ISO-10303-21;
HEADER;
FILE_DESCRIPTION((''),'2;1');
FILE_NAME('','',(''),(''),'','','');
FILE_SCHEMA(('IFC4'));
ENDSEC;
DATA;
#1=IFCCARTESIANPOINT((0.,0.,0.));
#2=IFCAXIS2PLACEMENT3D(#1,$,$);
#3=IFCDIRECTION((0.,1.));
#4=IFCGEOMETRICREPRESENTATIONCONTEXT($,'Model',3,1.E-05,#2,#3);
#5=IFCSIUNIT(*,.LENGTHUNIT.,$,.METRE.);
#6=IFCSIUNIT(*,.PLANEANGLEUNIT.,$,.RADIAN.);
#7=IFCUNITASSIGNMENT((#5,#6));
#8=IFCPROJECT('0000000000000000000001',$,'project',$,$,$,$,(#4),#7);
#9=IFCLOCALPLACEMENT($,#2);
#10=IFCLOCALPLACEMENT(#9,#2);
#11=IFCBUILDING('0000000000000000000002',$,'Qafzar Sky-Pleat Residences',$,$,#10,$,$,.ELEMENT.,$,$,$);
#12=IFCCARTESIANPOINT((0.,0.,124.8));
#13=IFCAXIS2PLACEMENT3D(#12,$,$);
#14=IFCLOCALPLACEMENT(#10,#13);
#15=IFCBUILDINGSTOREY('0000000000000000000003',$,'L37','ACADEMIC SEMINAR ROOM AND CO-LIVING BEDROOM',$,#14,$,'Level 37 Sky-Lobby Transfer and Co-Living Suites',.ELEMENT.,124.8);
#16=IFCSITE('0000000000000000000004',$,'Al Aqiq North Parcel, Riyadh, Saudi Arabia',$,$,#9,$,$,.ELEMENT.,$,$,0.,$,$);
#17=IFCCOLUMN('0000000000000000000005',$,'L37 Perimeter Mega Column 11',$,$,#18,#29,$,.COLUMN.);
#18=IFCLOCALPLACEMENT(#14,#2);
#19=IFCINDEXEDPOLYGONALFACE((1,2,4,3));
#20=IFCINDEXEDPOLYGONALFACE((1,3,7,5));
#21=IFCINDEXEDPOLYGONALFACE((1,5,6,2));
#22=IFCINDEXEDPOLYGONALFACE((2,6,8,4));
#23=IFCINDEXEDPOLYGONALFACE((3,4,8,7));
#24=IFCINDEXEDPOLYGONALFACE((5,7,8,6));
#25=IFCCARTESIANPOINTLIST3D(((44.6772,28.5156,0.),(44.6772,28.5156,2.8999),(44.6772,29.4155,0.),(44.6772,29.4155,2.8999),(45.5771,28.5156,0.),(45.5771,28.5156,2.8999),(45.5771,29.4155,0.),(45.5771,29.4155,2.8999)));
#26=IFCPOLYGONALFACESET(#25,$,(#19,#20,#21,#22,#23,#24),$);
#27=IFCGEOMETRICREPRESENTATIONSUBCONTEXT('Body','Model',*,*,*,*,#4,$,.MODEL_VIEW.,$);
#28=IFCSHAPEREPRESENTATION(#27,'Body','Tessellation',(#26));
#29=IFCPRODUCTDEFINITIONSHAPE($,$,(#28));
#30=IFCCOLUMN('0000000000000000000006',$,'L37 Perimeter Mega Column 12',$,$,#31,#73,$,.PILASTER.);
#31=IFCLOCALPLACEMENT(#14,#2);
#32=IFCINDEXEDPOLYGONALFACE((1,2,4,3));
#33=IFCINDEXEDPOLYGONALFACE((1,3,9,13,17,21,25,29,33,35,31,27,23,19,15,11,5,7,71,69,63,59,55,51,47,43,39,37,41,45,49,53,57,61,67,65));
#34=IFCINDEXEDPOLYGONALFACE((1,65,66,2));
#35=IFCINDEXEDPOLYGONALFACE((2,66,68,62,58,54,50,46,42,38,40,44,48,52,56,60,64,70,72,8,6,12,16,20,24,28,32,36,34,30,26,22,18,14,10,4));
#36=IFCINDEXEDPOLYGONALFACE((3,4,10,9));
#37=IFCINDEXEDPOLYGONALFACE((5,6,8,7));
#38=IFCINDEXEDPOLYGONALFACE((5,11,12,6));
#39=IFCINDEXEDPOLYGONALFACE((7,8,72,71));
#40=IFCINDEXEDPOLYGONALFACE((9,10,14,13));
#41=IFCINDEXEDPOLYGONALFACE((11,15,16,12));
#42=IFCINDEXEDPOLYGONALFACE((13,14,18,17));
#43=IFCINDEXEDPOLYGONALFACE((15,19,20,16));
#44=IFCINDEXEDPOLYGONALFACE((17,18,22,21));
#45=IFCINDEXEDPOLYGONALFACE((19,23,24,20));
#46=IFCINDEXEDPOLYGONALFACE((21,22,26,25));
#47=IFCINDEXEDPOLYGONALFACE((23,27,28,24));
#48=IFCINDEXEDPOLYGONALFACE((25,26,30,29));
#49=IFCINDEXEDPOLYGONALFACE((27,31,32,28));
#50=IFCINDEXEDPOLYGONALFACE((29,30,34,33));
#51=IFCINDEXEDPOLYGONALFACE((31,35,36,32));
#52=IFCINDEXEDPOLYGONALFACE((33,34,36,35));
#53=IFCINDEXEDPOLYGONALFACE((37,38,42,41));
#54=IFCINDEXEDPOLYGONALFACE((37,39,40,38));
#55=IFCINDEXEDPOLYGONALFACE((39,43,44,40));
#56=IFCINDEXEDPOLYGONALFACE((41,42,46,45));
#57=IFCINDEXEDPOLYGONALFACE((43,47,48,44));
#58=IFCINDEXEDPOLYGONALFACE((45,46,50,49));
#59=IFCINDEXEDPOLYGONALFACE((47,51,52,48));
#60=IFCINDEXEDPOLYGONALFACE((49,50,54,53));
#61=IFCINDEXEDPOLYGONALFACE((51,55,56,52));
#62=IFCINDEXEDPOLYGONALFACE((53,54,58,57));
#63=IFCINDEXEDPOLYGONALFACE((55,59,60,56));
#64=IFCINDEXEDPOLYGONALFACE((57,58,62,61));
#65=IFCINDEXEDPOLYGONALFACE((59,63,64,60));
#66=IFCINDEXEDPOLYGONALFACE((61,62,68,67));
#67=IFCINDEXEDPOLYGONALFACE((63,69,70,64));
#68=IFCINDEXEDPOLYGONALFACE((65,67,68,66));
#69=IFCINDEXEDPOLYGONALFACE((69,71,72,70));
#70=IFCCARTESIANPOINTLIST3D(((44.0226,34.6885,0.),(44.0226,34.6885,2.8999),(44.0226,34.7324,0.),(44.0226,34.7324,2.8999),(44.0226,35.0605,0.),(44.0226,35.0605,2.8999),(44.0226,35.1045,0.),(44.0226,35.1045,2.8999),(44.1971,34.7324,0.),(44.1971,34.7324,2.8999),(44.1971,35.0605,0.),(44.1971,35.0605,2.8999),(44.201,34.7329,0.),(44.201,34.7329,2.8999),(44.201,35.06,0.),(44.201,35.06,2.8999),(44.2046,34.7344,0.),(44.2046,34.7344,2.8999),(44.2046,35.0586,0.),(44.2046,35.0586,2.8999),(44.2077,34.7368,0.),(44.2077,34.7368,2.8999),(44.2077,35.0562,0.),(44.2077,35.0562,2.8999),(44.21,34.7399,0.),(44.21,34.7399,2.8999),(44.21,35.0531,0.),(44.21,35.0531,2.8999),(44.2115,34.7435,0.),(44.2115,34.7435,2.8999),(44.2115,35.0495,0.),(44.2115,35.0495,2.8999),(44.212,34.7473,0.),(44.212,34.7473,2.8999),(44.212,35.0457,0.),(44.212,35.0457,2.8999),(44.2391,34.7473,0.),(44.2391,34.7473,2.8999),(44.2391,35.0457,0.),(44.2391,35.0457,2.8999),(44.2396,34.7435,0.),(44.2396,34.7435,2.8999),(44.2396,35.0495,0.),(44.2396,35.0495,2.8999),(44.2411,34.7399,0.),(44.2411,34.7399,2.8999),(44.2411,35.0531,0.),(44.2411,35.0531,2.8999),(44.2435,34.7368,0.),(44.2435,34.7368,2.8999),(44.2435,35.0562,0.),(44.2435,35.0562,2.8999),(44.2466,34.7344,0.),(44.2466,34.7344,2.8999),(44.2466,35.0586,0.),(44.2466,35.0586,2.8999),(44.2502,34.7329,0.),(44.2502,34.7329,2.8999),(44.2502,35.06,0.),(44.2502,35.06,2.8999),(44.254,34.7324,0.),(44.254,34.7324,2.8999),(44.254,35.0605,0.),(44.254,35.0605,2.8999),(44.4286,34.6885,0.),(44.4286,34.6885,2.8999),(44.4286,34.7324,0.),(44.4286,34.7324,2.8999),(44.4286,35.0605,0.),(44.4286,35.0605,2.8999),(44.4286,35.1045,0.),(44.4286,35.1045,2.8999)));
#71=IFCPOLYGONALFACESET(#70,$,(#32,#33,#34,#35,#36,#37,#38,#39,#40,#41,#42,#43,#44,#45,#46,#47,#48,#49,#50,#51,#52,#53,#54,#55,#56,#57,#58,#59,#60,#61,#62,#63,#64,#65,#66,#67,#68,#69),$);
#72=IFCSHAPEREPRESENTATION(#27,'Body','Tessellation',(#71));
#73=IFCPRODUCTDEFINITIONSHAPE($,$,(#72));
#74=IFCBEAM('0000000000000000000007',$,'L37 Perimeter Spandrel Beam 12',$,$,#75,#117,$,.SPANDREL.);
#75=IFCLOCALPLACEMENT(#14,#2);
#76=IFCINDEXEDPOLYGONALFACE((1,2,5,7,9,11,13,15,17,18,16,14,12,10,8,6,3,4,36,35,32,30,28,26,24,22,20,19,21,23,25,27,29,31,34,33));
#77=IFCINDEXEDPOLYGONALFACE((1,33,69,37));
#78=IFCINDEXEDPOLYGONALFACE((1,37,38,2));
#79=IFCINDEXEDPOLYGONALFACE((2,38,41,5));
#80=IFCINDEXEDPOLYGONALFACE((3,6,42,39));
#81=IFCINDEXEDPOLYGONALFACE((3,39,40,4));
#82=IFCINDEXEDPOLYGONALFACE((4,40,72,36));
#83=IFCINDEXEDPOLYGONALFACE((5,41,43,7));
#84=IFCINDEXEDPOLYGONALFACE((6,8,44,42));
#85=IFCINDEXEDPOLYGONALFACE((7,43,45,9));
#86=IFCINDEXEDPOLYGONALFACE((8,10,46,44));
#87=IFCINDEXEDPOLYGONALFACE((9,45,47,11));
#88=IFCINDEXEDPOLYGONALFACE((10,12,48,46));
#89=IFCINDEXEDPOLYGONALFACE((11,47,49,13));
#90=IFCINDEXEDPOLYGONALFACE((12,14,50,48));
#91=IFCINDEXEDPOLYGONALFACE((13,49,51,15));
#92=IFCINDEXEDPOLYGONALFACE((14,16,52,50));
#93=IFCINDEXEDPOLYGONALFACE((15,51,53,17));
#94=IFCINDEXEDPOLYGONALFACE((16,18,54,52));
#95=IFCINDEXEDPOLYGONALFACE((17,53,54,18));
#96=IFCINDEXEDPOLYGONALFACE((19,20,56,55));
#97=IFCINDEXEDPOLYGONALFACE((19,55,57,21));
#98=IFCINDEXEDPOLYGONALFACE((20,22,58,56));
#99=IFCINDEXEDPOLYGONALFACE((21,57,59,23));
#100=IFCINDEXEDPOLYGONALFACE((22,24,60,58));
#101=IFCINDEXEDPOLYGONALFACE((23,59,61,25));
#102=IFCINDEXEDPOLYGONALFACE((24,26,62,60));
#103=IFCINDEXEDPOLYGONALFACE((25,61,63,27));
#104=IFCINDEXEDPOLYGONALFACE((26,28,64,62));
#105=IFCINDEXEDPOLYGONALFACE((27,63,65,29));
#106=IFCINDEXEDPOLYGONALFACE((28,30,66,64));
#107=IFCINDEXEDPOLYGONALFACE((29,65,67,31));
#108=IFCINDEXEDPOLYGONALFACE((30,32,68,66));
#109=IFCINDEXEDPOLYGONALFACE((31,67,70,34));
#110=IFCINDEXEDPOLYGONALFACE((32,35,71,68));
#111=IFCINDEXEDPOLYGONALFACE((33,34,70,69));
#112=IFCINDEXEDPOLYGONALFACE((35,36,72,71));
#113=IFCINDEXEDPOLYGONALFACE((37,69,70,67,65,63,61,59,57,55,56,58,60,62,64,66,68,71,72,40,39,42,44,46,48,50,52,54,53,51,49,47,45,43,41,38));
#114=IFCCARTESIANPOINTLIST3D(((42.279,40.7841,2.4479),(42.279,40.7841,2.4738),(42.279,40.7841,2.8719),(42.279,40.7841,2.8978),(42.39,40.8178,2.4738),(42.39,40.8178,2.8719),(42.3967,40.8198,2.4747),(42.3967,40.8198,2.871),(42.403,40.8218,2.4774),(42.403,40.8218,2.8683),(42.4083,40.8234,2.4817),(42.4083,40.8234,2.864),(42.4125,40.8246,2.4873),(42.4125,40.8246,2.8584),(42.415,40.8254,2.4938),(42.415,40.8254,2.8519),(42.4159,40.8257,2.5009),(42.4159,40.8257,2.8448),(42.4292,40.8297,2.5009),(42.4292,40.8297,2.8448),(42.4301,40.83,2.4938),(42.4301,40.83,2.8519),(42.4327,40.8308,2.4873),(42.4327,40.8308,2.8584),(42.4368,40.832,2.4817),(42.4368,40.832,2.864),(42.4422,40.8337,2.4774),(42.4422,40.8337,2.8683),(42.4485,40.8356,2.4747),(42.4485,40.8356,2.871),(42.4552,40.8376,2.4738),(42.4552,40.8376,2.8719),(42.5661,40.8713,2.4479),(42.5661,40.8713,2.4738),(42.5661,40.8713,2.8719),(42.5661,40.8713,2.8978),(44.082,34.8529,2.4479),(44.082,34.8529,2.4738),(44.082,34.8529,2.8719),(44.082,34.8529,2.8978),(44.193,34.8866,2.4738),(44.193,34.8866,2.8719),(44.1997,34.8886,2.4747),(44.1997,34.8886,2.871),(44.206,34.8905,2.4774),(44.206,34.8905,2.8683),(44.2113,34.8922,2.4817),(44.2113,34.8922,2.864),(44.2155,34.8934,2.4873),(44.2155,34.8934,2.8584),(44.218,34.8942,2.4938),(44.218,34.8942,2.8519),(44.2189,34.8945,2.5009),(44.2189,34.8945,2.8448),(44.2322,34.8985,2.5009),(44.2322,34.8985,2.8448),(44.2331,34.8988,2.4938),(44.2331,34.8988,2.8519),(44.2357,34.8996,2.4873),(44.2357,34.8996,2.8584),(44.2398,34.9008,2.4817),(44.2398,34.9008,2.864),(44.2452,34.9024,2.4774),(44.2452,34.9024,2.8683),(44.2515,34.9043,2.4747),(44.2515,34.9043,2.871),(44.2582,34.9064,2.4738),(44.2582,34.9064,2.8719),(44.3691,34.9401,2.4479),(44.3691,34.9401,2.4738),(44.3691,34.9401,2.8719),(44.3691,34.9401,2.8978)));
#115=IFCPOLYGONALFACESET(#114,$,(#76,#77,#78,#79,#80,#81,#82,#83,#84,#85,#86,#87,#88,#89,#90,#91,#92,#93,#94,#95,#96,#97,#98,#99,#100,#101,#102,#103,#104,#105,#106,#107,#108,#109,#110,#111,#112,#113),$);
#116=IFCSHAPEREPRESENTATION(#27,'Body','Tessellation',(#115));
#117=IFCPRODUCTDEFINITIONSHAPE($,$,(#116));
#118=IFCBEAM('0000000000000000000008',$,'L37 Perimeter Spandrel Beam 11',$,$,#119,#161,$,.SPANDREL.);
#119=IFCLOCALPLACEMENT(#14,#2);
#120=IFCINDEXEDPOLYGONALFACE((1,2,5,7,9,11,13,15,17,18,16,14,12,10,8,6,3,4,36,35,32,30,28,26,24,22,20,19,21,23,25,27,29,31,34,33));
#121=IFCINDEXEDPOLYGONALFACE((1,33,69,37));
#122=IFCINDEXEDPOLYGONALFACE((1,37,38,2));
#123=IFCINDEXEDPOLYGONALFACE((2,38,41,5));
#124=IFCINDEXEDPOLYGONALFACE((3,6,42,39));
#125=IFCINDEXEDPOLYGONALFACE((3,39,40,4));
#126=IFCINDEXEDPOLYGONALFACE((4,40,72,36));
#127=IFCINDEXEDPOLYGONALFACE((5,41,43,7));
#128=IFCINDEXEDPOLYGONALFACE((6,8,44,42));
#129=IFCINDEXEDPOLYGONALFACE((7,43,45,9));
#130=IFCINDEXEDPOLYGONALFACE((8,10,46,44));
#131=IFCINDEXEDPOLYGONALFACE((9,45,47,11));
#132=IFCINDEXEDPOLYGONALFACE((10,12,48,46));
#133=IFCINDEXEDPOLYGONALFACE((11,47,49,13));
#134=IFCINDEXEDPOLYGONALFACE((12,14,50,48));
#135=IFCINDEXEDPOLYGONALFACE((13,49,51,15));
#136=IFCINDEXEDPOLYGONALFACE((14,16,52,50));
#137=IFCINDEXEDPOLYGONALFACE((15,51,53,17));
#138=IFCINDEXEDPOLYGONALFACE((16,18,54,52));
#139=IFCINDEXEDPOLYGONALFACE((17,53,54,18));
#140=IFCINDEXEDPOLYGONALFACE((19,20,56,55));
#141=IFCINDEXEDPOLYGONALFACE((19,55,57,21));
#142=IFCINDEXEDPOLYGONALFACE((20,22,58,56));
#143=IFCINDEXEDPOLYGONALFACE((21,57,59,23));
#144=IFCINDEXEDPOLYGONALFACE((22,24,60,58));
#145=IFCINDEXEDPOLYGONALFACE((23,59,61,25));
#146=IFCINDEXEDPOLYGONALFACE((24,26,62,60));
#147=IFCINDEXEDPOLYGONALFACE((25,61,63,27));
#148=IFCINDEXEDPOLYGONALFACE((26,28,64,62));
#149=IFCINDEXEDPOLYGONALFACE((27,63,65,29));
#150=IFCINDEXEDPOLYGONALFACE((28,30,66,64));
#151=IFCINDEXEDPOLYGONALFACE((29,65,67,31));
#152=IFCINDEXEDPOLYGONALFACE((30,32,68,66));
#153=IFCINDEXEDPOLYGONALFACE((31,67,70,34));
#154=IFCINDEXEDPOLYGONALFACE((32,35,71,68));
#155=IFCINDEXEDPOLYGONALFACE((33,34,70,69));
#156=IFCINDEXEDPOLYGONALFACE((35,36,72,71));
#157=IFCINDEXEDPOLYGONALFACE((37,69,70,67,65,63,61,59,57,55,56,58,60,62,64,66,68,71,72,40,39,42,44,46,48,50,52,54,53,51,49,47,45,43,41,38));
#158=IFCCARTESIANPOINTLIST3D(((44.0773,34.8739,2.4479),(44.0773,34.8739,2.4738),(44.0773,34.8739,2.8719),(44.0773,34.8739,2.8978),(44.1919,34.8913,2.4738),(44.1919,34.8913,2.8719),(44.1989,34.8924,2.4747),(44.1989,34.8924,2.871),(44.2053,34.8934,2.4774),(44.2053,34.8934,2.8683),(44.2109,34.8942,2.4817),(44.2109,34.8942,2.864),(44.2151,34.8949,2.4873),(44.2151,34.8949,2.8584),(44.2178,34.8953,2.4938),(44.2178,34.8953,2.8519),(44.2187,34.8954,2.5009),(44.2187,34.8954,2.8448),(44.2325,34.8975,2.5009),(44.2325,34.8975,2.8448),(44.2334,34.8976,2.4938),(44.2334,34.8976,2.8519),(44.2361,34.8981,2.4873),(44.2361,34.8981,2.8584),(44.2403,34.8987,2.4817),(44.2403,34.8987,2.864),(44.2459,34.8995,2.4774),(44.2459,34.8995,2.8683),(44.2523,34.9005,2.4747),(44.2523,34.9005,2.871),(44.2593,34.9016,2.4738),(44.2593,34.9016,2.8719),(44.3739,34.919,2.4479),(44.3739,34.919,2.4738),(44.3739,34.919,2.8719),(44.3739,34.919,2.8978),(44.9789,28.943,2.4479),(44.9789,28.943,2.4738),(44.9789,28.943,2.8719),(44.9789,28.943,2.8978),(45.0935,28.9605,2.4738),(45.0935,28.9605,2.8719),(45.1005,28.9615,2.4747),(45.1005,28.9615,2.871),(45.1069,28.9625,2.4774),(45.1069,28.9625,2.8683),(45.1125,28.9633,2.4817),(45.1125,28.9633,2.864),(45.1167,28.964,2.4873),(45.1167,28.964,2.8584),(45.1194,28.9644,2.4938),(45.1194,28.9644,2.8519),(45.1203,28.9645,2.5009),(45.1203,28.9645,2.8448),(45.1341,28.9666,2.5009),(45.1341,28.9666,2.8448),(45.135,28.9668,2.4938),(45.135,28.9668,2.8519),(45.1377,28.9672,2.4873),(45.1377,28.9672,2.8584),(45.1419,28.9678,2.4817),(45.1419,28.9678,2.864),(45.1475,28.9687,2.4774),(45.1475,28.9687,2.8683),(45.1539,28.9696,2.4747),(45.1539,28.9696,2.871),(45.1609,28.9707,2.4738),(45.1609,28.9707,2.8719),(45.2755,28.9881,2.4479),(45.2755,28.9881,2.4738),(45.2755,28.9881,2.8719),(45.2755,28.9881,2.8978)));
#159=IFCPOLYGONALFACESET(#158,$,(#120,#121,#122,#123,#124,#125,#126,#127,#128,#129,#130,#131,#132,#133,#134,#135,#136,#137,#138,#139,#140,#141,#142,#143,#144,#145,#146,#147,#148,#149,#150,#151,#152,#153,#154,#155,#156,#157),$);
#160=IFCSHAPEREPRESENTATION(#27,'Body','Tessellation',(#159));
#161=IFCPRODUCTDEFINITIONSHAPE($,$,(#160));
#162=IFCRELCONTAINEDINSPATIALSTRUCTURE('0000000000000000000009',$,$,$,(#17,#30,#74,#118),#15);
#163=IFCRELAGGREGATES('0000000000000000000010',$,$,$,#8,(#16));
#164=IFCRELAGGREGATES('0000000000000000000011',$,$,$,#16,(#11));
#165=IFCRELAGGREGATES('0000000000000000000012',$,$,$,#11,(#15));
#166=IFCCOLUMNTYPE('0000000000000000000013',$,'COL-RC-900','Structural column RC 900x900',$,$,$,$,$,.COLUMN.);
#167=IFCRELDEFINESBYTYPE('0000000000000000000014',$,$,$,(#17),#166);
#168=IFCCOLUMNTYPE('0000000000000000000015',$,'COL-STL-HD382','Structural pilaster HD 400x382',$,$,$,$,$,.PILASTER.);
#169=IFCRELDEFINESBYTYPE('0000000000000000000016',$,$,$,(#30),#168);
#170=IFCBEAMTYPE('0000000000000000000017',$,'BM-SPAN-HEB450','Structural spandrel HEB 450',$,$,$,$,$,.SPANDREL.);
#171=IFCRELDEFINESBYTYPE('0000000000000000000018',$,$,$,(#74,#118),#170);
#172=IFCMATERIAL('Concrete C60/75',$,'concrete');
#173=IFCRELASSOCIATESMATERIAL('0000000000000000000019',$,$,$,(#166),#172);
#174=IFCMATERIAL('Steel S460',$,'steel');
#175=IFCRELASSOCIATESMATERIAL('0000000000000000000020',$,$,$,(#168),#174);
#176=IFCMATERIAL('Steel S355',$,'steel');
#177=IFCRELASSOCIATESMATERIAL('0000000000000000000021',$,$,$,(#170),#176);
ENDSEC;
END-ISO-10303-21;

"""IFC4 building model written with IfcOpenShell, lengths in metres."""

from ifc_helpers import new_model, si_unit, direction, frame, origin, origin_2d, place, context, subcontext, project, spatial, rectangle, i_section, extrude, source, transform, mapped, material, material_profile, profile_set, type_object, element, save


model = new_model("IFC4")

# Units and contexts
model_context = context("Model", 3, precision=1e-05, world=origin(), true_north=direction((0.0, 1.0)))
body_context = subcontext(model_context, "Body", "Model", "MODEL_VIEW")
ifc_project = project(units=[si_unit("LENGTHUNIT", "METRE"), si_unit("PLANEANGLEUNIT", "RADIAN")], contexts=[model_context])

# Site, building, storey
site_placement = place(None, origin())
site = spatial("IfcSite", under=ifc_project, at=site_placement, Name="Al Aqiq North Parcel, Riyadh, Saudi Arabia", CompositionType="ELEMENT", RefElevation=0.0)
building_placement = place(site_placement, origin())
building = spatial("IfcBuilding", under=site, at=building_placement, Name="Qafzar Sky-Pleat Residences", CompositionType="ELEMENT")
storey_placement = place(building_placement, frame((0.0, 0.0, 124.8)))
storey = spatial("IfcBuildingStorey", under=building, at=storey_placement, Name="L37", Description="ACADEMIC SEMINAR ROOM AND CO-LIVING BEDROOM", LongName="Level 37 Sky-Lobby Transfer and Co-Living Suites", CompositionType="ELEMENT", Elevation=124.8)

# Columns
ifc_material_1 = material(Name="Concrete C60/75", Category="concrete")
ifc_material_profile_1 = material_profile(ifc_material_1, rectangle(XDim=0.8999, YDim=0.8999, at=origin_2d()), Name="RC 900x900")
ifc_profile_set_1 = profile_set([ifc_material_profile_1], Name="Concrete C60/75")
column_type_1 = type_object("IfcColumnType", Name="COL-RC-900", Description="Structural column RC 900x900", PredefinedType="COLUMN", material=ifc_profile_set_1)
shared_shape_1 = source(origin(), body_context, "Body", "SweptSolid", [
    extrude(rectangle(XDim=0.8999, YDim=0.8999, at=origin_2d()), origin(), (0.0, 0.0, 1.0), 2.8999),
])
column_1_placement = place(storey_placement, frame((45.1272, 28.9656, 0.0), z_axis=(0.0, 0.0, 1.0), x_axis=(1.0, 0.0, 0.0)))
element("IfcColumn", 1, at=column_1_placement, inside=storey, type_object=column_type_1, Name="L37 Perimeter Mega Column 11", PredefinedType="COLUMN", context=body_context, shape_type="MappedRepresentation", body=[
    mapped(shared_shape_1, transform((0.0, 0.0, 0.0), x_axis=(1.0, 0.0, 0.0), y_axis=(0.0, 1.0, 0.0), z_axis=(0.0, 0.0, 1.0), scale=1.0)),
])
ifc_material_2 = material(Name="Steel S460", Category="steel")
ifc_material_profile_2 = material_profile(ifc_material_2, i_section(OverallWidth=0.406, OverallDepth=0.416, WebThickness=0.0271, FlangeThickness=0.0439, FilletRadius=0.0149, at=origin_2d()), Name="HD 400x382")
ifc_profile_set_2 = profile_set([ifc_material_profile_2], Name="Steel S460")
column_type_2 = type_object("IfcColumnType", Name="COL-STL-HD382", Description="Structural pilaster HD 400x382", PredefinedType="PILASTER", material=ifc_profile_set_2)
shared_shape_2 = source(origin(), body_context, "Body", "SweptSolid", [
    extrude(i_section(OverallWidth=0.406, OverallDepth=0.416, WebThickness=0.0271, FlangeThickness=0.0439, FilletRadius=0.0149, at=origin_2d()), origin(), (0.0, 0.0, 1.0), 2.8999),
])
column_2_placement = place(storey_placement, frame((44.2256, 34.8965, 0.0), z_axis=(0.0, 0.0, 1.0), x_axis=(1.0, 0.0, 0.0)))
element("IfcColumn", 2, at=column_2_placement, inside=storey, type_object=column_type_2, Name="L37 Perimeter Mega Column 12", PredefinedType="PILASTER", context=body_context, shape_type="MappedRepresentation", body=[
    mapped(shared_shape_2, transform((0.0, 0.0, 0.0), x_axis=(1.0, 0.0, 0.0), y_axis=(0.0, 1.0, 0.0), z_axis=(0.0, 0.0, 1.0), scale=1.0)),
])

# Beams
ifc_material_3 = material(Name="Steel S355", Category="steel")
ifc_material_profile_3 = material_profile(ifc_material_3, i_section(OverallWidth=0.3, OverallDepth=0.45, WebThickness=0.0139, FlangeThickness=0.0259, FilletRadius=0.0271, at=origin_2d()), Name="HEB 450")
ifc_profile_set_3 = profile_set([ifc_material_profile_3], Name="Steel S355")
beam_type_1 = type_object("IfcBeamType", Name="BM-SPAN-HEB450", Description="Structural spandrel HEB 450", PredefinedType="SPANDREL", material=ifc_profile_set_3)
shared_shape_3 = source(origin(), body_context, "Body", "SweptSolid", [
    extrude(i_section(OverallWidth=0.3, OverallDepth=0.45, WebThickness=0.0139, FlangeThickness=0.0259, FilletRadius=0.0271, at=origin_2d()), origin(), (0.0, 0.0, 1.0), 6.1992),
])
beam_1_placement = place(storey_placement, frame((44.2256, 34.8965, 2.6729), z_axis=(-0.290843, 0.956771, 0.0), x_axis=(-0.956771, -0.290843, 0.0)))
element("IfcBeam", 3, at=beam_1_placement, inside=storey, type_object=beam_type_1, Name="L37 Perimeter Spandrel Beam 12", PredefinedType="SPANDREL", context=body_context, shape_type="MappedRepresentation", body=[
    mapped(shared_shape_3, transform((0.0, 0.0, 0.0), x_axis=(1.0, 0.0, 0.0), y_axis=(0.0, 1.0, 0.0), z_axis=(0.0, 0.0, 1.0), scale=1.0)),
])
shared_shape_4 = source(origin(), body_context, "Body", "SweptSolid", [
    extrude(i_section(OverallWidth=0.3, OverallDepth=0.45, WebThickness=0.0139, FlangeThickness=0.0259, FilletRadius=0.0271, at=origin_2d()), origin(), (0.0, 0.0, 1.0), 5.999),
])
beam_2_placement = place(storey_placement, frame((45.1272, 28.9656, 2.6729), z_axis=(-0.150292, 0.988642, 0.0), x_axis=(-0.988642, -0.150292, 0.0)))
element("IfcBeam", 4, at=beam_2_placement, inside=storey, type_object=beam_type_1, Name="L37 Perimeter Spandrel Beam 11", PredefinedType="SPANDREL", context=body_context, shape_type="MappedRepresentation", body=[
    mapped(shared_shape_4, transform((0.0, 0.0, 0.0), x_axis=(1.0, 0.0, 0.0), y_axis=(0.0, 1.0, 0.0), z_axis=(0.0, 0.0, 1.0), scale=1.0)),
])

save(model, "model.ifc")
